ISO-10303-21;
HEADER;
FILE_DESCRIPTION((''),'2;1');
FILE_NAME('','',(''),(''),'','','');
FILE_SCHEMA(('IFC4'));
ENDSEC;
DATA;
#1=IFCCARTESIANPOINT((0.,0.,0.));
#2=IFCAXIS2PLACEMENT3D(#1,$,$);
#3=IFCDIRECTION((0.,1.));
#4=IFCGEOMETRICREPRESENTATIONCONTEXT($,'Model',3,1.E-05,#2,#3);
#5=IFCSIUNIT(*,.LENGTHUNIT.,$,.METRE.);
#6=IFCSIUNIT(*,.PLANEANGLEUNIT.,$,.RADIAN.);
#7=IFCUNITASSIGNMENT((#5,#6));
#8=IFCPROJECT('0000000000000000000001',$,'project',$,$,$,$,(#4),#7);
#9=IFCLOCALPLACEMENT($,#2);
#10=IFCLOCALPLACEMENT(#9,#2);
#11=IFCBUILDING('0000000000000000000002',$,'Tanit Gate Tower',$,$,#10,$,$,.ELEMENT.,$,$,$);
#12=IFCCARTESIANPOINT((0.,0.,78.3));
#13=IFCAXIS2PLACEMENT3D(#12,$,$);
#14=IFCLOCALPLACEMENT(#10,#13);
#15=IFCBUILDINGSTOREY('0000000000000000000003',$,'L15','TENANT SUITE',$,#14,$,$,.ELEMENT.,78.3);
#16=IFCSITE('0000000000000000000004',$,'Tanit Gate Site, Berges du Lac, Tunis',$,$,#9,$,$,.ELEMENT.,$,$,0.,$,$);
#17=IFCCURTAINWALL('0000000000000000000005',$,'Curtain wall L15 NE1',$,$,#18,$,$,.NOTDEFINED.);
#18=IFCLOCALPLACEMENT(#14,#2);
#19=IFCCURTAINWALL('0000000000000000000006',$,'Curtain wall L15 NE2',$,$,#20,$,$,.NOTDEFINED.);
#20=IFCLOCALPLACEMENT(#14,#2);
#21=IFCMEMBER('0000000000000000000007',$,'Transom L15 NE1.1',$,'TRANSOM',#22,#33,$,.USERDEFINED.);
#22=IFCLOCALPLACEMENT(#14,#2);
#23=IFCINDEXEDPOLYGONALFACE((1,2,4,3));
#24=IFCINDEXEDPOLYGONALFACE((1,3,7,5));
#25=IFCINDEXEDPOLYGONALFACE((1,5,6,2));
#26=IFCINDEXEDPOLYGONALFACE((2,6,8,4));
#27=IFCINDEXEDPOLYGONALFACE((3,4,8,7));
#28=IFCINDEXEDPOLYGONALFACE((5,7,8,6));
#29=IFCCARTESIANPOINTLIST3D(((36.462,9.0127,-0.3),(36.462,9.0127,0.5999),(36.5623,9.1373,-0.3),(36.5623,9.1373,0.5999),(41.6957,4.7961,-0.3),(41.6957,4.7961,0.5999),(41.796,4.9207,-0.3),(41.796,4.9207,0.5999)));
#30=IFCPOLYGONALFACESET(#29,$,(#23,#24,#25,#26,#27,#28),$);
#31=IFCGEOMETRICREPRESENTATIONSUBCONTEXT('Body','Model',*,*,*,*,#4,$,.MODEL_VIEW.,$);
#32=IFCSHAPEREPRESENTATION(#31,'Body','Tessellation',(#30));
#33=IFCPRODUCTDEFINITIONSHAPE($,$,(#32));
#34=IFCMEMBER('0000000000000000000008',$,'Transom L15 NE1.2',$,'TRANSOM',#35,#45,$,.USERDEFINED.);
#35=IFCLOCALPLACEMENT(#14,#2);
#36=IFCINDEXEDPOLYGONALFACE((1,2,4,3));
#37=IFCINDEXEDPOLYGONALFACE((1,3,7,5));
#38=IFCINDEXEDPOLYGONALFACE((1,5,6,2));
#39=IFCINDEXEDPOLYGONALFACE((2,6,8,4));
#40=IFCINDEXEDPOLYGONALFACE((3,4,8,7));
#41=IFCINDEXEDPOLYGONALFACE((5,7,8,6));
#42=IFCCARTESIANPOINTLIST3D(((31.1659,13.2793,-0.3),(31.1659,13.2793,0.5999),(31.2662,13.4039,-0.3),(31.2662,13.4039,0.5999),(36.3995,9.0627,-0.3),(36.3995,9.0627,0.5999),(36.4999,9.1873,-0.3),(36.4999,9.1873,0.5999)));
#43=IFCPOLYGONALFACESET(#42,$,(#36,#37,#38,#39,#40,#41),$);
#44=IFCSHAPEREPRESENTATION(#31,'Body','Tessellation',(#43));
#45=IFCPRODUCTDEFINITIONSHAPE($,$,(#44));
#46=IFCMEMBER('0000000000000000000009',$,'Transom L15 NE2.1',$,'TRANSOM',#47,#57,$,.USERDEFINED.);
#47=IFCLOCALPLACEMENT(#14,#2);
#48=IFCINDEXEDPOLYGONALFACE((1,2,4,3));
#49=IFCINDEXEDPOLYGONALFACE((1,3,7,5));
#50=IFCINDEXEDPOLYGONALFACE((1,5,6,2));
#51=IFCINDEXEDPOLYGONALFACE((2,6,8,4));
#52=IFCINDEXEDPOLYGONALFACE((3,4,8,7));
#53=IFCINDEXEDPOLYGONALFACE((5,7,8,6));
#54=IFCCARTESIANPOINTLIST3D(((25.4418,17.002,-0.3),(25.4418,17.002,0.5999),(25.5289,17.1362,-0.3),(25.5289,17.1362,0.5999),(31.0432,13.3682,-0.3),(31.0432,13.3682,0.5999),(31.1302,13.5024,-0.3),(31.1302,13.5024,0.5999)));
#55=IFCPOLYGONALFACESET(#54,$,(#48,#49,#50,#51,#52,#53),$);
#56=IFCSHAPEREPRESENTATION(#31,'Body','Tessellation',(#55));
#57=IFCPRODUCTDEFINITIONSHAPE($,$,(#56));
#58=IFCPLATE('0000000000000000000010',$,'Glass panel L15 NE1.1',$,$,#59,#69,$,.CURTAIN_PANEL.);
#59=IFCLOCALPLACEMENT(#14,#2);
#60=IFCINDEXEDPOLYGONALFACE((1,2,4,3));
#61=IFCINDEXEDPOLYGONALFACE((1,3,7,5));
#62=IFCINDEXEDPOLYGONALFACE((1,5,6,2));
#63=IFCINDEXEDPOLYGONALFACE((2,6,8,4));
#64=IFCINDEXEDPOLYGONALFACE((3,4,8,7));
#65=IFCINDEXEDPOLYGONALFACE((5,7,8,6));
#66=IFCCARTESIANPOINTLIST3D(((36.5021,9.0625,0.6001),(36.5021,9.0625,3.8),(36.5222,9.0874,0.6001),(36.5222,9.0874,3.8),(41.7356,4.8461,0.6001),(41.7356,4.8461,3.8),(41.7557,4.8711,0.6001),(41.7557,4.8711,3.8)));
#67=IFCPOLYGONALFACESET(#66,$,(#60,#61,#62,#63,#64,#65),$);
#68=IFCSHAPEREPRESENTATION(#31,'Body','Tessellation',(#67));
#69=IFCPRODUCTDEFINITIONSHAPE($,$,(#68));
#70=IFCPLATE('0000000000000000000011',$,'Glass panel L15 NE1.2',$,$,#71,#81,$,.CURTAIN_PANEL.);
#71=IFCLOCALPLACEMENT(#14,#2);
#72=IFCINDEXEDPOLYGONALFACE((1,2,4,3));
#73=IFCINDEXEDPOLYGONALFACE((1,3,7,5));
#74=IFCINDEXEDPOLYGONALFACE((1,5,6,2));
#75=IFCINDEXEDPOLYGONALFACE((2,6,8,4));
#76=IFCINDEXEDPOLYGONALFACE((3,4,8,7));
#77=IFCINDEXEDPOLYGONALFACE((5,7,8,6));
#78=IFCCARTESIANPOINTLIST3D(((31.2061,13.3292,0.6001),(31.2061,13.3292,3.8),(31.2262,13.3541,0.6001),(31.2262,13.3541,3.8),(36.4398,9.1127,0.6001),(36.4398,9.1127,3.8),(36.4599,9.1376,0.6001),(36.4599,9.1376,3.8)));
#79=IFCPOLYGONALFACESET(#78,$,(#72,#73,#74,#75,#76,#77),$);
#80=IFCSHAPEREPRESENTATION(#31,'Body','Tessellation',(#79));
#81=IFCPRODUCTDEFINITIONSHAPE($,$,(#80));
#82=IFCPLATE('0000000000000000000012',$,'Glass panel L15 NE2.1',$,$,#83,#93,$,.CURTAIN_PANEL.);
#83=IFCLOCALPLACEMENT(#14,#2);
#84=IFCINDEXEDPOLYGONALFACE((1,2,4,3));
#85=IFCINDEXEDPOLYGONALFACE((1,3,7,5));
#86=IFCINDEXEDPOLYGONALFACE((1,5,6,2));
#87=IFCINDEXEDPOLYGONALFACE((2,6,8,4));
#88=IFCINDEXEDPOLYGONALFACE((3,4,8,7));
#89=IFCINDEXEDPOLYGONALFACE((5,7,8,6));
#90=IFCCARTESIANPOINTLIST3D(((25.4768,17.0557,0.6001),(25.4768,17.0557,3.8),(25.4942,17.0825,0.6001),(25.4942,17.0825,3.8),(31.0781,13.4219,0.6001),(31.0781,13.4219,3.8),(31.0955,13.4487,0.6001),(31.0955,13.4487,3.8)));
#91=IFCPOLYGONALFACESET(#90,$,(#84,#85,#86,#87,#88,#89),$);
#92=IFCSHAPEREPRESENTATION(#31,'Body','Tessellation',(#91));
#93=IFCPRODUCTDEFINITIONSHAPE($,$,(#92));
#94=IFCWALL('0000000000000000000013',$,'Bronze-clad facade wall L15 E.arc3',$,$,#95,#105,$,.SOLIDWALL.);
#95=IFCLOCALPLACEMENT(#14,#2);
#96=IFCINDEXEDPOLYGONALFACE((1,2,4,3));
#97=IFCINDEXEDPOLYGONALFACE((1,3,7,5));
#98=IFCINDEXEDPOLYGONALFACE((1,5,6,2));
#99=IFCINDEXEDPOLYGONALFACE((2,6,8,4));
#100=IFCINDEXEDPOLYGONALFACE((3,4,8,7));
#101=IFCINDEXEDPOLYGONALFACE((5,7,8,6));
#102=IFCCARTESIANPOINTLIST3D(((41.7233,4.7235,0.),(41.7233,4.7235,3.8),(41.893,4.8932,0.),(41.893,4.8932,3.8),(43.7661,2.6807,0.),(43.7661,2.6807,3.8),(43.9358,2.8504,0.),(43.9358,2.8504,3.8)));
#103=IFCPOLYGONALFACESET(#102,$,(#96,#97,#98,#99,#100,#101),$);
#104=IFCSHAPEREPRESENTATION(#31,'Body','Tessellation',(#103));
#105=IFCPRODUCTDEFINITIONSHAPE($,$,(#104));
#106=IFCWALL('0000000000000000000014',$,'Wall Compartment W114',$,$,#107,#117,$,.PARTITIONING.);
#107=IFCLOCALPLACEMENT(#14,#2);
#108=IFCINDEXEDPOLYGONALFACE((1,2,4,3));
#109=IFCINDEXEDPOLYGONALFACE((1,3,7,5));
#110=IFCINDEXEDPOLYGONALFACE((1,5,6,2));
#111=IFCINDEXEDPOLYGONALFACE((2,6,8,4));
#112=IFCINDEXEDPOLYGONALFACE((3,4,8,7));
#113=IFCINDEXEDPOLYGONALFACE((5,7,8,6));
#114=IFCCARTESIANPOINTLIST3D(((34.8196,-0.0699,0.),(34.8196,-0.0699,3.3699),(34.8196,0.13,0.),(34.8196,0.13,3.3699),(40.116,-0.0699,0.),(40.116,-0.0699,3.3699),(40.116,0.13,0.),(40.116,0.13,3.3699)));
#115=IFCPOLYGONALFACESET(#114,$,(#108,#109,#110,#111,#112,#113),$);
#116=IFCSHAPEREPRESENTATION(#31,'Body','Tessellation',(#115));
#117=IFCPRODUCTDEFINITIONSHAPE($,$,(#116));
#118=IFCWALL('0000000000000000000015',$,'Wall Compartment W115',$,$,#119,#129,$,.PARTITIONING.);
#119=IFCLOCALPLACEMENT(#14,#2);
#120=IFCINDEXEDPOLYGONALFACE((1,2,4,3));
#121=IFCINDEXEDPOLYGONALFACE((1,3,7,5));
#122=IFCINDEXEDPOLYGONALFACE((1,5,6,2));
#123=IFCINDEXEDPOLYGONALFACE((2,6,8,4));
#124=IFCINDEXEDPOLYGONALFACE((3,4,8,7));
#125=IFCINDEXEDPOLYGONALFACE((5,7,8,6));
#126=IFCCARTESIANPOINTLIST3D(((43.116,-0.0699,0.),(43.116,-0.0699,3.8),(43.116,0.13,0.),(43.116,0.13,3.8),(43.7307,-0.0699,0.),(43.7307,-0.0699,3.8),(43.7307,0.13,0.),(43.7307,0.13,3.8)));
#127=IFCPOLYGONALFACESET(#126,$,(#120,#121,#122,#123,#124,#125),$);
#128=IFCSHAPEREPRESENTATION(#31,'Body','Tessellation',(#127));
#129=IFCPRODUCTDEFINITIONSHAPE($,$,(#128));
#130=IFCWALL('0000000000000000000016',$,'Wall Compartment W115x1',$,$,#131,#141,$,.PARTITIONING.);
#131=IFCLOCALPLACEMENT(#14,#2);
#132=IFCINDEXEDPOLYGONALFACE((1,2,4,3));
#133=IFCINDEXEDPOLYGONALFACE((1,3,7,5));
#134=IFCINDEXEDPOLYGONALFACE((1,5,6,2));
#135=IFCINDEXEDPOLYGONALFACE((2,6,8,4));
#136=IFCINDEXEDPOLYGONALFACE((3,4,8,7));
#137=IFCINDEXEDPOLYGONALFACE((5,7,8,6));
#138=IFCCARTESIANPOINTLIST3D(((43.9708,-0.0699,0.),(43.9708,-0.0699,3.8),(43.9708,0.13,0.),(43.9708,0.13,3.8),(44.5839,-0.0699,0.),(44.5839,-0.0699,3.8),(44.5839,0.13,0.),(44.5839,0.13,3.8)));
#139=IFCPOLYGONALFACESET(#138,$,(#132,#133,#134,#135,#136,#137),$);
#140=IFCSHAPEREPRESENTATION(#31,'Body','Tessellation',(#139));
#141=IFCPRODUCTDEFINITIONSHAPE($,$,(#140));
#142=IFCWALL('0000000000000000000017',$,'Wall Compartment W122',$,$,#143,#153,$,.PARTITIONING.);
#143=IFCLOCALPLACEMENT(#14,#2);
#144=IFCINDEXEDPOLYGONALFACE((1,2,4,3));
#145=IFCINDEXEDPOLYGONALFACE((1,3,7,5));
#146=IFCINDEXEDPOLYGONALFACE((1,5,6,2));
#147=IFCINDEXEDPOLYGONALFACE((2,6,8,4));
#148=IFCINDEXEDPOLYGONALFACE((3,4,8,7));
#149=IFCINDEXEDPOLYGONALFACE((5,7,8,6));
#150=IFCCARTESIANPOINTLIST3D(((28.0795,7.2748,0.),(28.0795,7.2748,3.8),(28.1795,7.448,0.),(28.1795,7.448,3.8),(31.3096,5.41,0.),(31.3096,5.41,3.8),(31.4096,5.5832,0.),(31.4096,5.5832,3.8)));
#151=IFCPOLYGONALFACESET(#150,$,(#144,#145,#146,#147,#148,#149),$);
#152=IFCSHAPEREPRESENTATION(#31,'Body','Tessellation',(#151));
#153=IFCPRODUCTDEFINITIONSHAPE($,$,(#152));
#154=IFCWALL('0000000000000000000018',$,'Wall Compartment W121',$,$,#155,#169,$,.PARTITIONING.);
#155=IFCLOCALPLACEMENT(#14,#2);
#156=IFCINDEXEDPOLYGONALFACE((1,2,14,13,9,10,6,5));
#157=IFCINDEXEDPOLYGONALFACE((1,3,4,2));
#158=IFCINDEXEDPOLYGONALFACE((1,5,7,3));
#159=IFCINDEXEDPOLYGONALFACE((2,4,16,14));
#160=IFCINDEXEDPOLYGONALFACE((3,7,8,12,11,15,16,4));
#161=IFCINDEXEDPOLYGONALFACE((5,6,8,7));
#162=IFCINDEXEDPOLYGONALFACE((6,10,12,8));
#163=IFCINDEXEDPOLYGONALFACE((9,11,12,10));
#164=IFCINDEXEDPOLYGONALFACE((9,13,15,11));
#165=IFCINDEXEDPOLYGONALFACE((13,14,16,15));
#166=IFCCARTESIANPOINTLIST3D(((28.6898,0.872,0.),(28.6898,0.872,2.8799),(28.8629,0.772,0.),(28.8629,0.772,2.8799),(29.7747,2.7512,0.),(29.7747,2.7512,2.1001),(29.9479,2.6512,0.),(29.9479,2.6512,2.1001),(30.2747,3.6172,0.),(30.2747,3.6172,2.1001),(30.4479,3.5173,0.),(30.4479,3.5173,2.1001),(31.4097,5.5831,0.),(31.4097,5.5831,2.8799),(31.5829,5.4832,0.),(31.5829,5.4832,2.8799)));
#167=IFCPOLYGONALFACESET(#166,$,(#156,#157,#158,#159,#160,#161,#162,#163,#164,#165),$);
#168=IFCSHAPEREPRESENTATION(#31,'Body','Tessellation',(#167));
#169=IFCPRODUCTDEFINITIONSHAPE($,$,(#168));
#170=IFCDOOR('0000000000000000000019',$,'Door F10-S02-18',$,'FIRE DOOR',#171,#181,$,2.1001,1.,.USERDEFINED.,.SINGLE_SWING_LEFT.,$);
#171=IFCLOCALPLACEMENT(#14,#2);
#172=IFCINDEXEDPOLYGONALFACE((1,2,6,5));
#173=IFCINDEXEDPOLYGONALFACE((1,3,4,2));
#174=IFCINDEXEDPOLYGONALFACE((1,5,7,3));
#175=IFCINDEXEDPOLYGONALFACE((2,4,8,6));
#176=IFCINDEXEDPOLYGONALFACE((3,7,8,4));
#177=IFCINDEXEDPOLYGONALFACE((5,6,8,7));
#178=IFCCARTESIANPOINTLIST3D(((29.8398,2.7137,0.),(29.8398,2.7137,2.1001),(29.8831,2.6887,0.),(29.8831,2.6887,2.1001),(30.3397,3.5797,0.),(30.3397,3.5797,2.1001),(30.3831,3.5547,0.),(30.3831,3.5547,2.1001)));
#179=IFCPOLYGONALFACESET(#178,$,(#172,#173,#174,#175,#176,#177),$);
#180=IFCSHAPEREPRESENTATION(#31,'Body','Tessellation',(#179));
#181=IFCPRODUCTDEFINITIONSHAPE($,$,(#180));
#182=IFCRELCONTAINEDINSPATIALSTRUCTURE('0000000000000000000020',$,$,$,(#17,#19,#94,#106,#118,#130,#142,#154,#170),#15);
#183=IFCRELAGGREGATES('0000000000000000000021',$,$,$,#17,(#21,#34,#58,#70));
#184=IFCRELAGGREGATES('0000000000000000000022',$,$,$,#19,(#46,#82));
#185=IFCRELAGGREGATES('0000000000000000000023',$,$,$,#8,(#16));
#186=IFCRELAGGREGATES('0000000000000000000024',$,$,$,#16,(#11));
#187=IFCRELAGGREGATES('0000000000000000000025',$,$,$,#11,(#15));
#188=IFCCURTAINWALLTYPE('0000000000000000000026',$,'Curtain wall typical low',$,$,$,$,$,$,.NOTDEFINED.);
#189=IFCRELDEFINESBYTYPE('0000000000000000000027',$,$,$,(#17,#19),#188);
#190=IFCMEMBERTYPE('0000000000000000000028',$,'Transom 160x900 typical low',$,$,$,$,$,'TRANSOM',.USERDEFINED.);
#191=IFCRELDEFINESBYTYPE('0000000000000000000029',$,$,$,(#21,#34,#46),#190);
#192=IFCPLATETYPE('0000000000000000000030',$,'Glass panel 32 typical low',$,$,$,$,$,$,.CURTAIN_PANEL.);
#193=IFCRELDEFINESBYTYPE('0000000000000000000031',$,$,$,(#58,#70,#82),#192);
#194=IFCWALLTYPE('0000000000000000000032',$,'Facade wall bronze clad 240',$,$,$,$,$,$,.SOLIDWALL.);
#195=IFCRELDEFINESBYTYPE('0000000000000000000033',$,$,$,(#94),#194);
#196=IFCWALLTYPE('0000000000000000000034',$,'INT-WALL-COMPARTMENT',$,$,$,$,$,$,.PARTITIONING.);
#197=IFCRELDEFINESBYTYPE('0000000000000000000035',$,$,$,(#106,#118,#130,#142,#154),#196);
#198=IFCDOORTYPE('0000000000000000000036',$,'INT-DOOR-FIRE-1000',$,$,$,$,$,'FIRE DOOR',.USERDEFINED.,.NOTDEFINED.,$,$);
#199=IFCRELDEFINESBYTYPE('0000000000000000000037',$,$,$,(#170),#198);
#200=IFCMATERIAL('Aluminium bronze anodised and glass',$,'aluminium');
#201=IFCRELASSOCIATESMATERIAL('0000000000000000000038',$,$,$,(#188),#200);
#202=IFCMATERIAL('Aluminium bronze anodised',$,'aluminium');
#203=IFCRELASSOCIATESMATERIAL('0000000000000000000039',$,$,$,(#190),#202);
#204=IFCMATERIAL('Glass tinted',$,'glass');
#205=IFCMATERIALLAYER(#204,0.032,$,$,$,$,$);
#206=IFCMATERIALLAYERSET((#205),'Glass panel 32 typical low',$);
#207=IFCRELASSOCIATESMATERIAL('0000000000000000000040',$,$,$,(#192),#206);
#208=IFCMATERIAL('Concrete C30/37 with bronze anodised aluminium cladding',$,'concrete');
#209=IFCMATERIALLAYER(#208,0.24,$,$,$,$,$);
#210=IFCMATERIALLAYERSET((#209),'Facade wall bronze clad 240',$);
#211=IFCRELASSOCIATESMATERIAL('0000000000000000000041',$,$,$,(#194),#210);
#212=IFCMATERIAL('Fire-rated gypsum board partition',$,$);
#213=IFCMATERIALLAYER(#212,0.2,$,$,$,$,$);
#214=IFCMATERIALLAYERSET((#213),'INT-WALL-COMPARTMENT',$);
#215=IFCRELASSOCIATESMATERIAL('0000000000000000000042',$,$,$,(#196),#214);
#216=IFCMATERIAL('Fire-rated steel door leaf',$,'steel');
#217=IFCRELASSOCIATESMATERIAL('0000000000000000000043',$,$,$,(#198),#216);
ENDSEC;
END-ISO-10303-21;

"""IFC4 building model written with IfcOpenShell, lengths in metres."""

from ifc_helpers import new_model, si_unit, direction, frame, frame_2d, origin, origin_2d, place, context, subcontext, project, spatial, rectangle, extrude, material, layer, layer_set, material_profile, profile_set, type_object, element, fill, aggregate, save


model = new_model("IFC4")

# Units and contexts
model_context = context("Model", 3, precision=1e-05, world=origin(), true_north=direction((0.0, 1.0)))
body_context = subcontext(model_context, "Body", "Model", "MODEL_VIEW")
ifc_project = project(units=[si_unit("LENGTHUNIT", "METRE"), si_unit("PLANEANGLEUNIT", "RADIAN")], contexts=[model_context])

# Site, building, storey
site_placement = place(None, origin())
site = spatial("IfcSite", under=ifc_project, at=site_placement, Name="Tanit Gate Site, Berges du Lac, Tunis", CompositionType="ELEMENT", RefElevation=0.0)
building_placement = place(site_placement, origin())
building = spatial("IfcBuilding", under=site, at=building_placement, Name="Tanit Gate Tower", CompositionType="ELEMENT")
storey_placement = place(building_placement, frame((0.0, 0.0, 78.3)))
storey = spatial("IfcBuildingStorey", under=building, at=storey_placement, Name="L15", Description="TENANT SUITE", CompositionType="ELEMENT", Elevation=78.3)

# Curtain walls
ifc_material_1 = material(Name="Aluminium bronze anodised and glass", Category="aluminium")
curtain_wall_type = type_object("IfcCurtainWallType", Name="Curtain wall typical low", PredefinedType="NOTDEFINED", material=ifc_material_1)
curtain_wall_1_placement = place(storey_placement, origin())
curtain_wall_1 = element("IfcCurtainWall", 1, at=curtain_wall_1_placement, inside=storey, type_object=curtain_wall_type, Name="Curtain wall L15 NE1", PredefinedType="NOTDEFINED")
curtain_wall_2_placement = place(storey_placement, origin())
curtain_wall_2 = element("IfcCurtainWall", 2, at=curtain_wall_2_placement, inside=storey, type_object=curtain_wall_type, Name="Curtain wall L15 NE2", PredefinedType="NOTDEFINED")

# Members
ifc_material_2 = material(Name="Aluminium bronze anodised", Category="aluminium")
ifc_material_profile_1 = material_profile(ifc_material_2, rectangle(XDim=0.1599, YDim=0.8999, at=origin_2d()), Name="160x900 bronze transom")
ifc_profile_set_1 = profile_set([ifc_material_profile_1], Name="Aluminium bronze anodised")
member_type_1 = type_object("IfcMemberType", Name="Transom 160x900 typical low", ElementType="TRANSOM", PredefinedType="USERDEFINED", material=ifc_profile_set_1)
member_1_placement = place(storey_placement, frame((41.7458, 4.8584, 0.1499), z_axis=(-0.778713, 0.62738, 0.0), x_axis=(-0.62738, -0.778713, 0.0)))
member_1 = element("IfcMember", 3, at=member_1_placement, type_object=member_type_1, Name="Transom L15 NE1.1", ObjectType="TRANSOM", PredefinedType="USERDEFINED", context=body_context, shape_type="SweptSolid", body=[
    extrude(rectangle(XDim=0.1599, YDim=0.8999, at=origin_2d()), origin(), (0.0, 0.0, 1.0), 6.7209),
])
member_2_placement = place(storey_placement, frame((36.4497, 9.125, 0.1499), z_axis=(-0.778713, 0.62738, 0.0), x_axis=(-0.62738, -0.778713, 0.0)))
member_2 = element("IfcMember", 4, at=member_2_placement, type_object=member_type_1, Name="Transom L15 NE1.2", ObjectType="TRANSOM", PredefinedType="USERDEFINED", context=body_context, shape_type="SweptSolid", body=[
    extrude(rectangle(XDim=0.1599, YDim=0.8999, at=origin_2d()), origin(), (0.0, 0.0, 1.0), 6.7209),
])
member_3_placement = place(storey_placement, frame((31.0867, 13.4353, 0.1499), z_axis=(-0.838927, 0.544244, 0.0), x_axis=(-0.544244, -0.838927, 0.0)))
member_3 = element("IfcMember", 5, at=member_3_placement, type_object=member_type_1, Name="Transom L15 NE2.1", ObjectType="TRANSOM", PredefinedType="USERDEFINED", context=body_context, shape_type="SweptSolid", body=[
    extrude(rectangle(XDim=0.1599, YDim=0.8999, at=origin_2d()), origin(), (0.0, 0.0, 1.0), 6.6768),
])

# Plates
ifc_material_3 = material(Name="Glass tinted", Category="glass")
ifc_layer_1 = layer(ifc_material_3, 0.032)
ifc_layer_set_1 = layer_set([ifc_layer_1], Name="Glass panel 32 typical low")
plate_type = type_object("IfcPlateType", Name="Glass panel 32 typical low", PredefinedType="CURTAIN_PANEL", material=ifc_layer_set_1)
plate_1_placement = place(storey_placement, frame((39.1289, 6.9668, 0.6001), z_axis=(0.0, 0.0, 1.0), x_axis=(-0.778718, 0.627374, 0.0)))
plate_1 = element("IfcPlate", 6, at=plate_1_placement, type_object=plate_type, Name="Glass panel L15 NE1.1", PredefinedType="CURTAIN_PANEL", context=body_context, shape_type="SweptSolid", body=[
    extrude(rectangle(XDim=6.7207, YDim=0.032, at=origin_2d()), origin(), (0.0, 0.0, 1.0), 3.2),
])
plate_2_placement = place(storey_placement, frame((33.833, 11.2334, 0.6001), z_axis=(0.0, 0.0, 1.0), x_axis=(-0.778718, 0.627374, 0.0)))
plate_2 = element("IfcPlate", 7, at=plate_2_placement, type_object=plate_type, Name="Glass panel L15 NE1.2", PredefinedType="CURTAIN_PANEL", context=body_context, shape_type="SweptSolid", body=[
    extrude(rectangle(XDim=6.7209, YDim=0.032, at=origin_2d()), origin(), (0.0, 0.0, 1.0), 3.2),
])
aggregate(curtain_wall_1, [member_1, member_2, plate_1, plate_2])
plate_3_placement = place(storey_placement, frame((28.2861, 15.2522, 0.6001), z_axis=(0.0, 0.0, 1.0), x_axis=(-0.838927, 0.544243, 0.0)))
plate_3 = element("IfcPlate", 8, at=plate_3_placement, type_object=plate_type, Name="Glass panel L15 NE2.1", PredefinedType="CURTAIN_PANEL", context=body_context, shape_type="SweptSolid", body=[
    extrude(rectangle(XDim=6.6768, YDim=0.032, at=origin_2d()), origin(), (0.0, 0.0, 1.0), 3.2),
])
aggregate(curtain_wall_2, [member_3, plate_3])

# Walls
ifc_material_4 = material(Name="Concrete C30/37 with bronze anodised aluminium cladding", Category="concrete")
ifc_layer_2 = layer(ifc_material_4, 0.24)
ifc_layer_set_2 = layer_set([ifc_layer_2], Name="Facade wall bronze clad 240")
wall_type_1 = type_object("IfcWallType", Name="Facade wall bronze clad 240", PredefinedType="SOLIDWALL", material=ifc_layer_set_2)
wall_1_placement = place(storey_placement, frame((43.8508, 2.7656, 0.0), z_axis=(0.0, 0.0, 1.0), x_axis=(-0.707107, 0.707107, 0.0)))
element("IfcWall", 9, at=wall_1_placement, inside=storey, type_object=wall_type_1, Name="Bronze-clad facade wall L15 E.arc3", PredefinedType="SOLIDWALL", context=body_context, shape_type="SweptSolid", body=[
    extrude(rectangle(XDim=2.8889, YDim=0.24, at=frame_2d((1.4443, 0.0))), origin(), (0.0, 0.0, 1.0), 3.8),
])
ifc_material_5 = material(Name="Fire-rated gypsum board partition")
ifc_layer_3 = layer(ifc_material_5, 0.2)
ifc_layer_set_3 = layer_set([ifc_layer_3], Name="INT-WALL-COMPARTMENT")
wall_type_2 = type_object("IfcWallType", Name="INT-WALL-COMPARTMENT", PredefinedType="PARTITIONING", material=ifc_layer_set_3)
wall_2_placement = place(storey_placement, frame((34.8196, 0.03, 0.0), z_axis=(0.0, 0.0, 1.0), x_axis=(1.0, 0.0, 0.0)))
element("IfcWall", 10, at=wall_2_placement, inside=storey, type_object=wall_type_2, Name="Wall Compartment W114", PredefinedType="PARTITIONING", context=body_context, shape_type="SweptSolid", body=[
    extrude(rectangle(XDim=5.2964, YDim=0.2, at=frame_2d((2.6482, 0.0))), origin(), (0.0, 0.0, 1.0), 3.3699),
])
wall_3_placement = place(storey_placement, frame((43.116, 0.03, 0.0), z_axis=(0.0, 0.0, 1.0), x_axis=(1.0, 0.0, 0.0)))
element("IfcWall", 11, at=wall_3_placement, inside=storey, type_object=wall_type_2, Name="Wall Compartment W115", PredefinedType="PARTITIONING", context=body_context, shape_type="SweptSolid", body=[
    extrude(rectangle(XDim=0.6147, YDim=0.2, at=frame_2d((0.3074, 0.0))), origin(), (0.0, 0.0, 1.0), 3.8),
])
wall_4_placement = place(storey_placement, frame((43.9707, 0.03, 0.0), z_axis=(0.0, 0.0, 1.0), x_axis=(1.0, 0.0, 0.0)))
element("IfcWall", 12, at=wall_4_placement, inside=storey, type_object=wall_type_2, Name="Wall Compartment W115x1", PredefinedType="PARTITIONING", context=body_context, shape_type="SweptSolid", body=[
    extrude(rectangle(XDim=0.613, YDim=0.2, at=frame_2d((0.3066, 0.0))), origin(), (0.0, 0.0, 1.0), 3.8),
])
wall_5_placement = place(storey_placement, frame((28.1296, 7.3613, 0.0), z_axis=(0.0, 0.0, 1.0), x_axis=(0.866035, -0.499983, 0.0)))
element("IfcWall", 13, at=wall_5_placement, inside=storey, type_object=wall_type_2, Name="Wall Compartment W122", PredefinedType="PARTITIONING", context=body_context, shape_type="SweptSolid", body=[
    extrude(rectangle(XDim=3.7297, YDim=0.2, at=frame_2d((1.8647, 0.0))), origin(), (0.0, 0.0, 1.0), 3.8),
])

# Wall, opening, door
wall_6_placement = place(storey_placement, frame((28.7764, 0.822, 0.0), z_axis=(0.0, 0.0, 1.0), x_axis=(0.499996, 0.866028, 0.0)))
wall_6 = element("IfcWall", 14, at=wall_6_placement, inside=storey, type_object=wall_type_2, Name="Wall Compartment W121", PredefinedType="PARTITIONING", context=body_context, shape_type="SweptSolid", body=[
    extrude(rectangle(XDim=5.4399, YDim=0.2, at=frame_2d((2.72, 0.0))), origin(), (0.0, 0.0, 1.0), 2.8799),
])
opening_placement = place(wall_6_placement, frame((2.1699, 0.0, 0.0)))
opening = element("IfcOpeningElement", 15, at=opening_placement, cuts=wall_6, PredefinedType="OPENING", context=body_context, shape_type="SweptSolid", body=[
    extrude(rectangle(XDim=1.0, YDim=2.1001, at=frame_2d((0.5, 1.05))), frame((0.0, 0.1099, 0.0), z_axis=(0.0, -1.0, 0.0), x_axis=(1.0, 0.0, 0.0)), (0.0, 0.0, 1.0), 0.22),
])
ifc_material_6 = material(Name="Fire-rated steel door leaf", Category="steel")
door_type = type_object("IfcDoorType", Name="INT-DOOR-FIRE-1000", ElementType="FIRE DOOR", OperationType="NOTDEFINED", PredefinedType="USERDEFINED", material=ifc_material_6)
door_placement = place(opening_placement, origin())
door = element("IfcDoor", 16, at=door_placement, inside=storey, type_object=door_type, Name="Door F10-S02-18", ObjectType="FIRE DOOR", OperationType="SINGLE_SWING_LEFT", OverallHeight=2.1001, OverallWidth=1.0, PredefinedType="USERDEFINED", context=body_context, shape_type="SweptSolid", body=[
    extrude(rectangle(XDim=1.0, YDim=2.1001, at=frame_2d((0.5, 1.05))), frame((0.0, 0.0249, 0.0), z_axis=(0.0, -1.0, 0.0), x_axis=(1.0, 0.0, 0.0)), (0.0, 0.0, 1.0), 0.05),
])
fill(opening, door)

save(model, "model.ifc")
